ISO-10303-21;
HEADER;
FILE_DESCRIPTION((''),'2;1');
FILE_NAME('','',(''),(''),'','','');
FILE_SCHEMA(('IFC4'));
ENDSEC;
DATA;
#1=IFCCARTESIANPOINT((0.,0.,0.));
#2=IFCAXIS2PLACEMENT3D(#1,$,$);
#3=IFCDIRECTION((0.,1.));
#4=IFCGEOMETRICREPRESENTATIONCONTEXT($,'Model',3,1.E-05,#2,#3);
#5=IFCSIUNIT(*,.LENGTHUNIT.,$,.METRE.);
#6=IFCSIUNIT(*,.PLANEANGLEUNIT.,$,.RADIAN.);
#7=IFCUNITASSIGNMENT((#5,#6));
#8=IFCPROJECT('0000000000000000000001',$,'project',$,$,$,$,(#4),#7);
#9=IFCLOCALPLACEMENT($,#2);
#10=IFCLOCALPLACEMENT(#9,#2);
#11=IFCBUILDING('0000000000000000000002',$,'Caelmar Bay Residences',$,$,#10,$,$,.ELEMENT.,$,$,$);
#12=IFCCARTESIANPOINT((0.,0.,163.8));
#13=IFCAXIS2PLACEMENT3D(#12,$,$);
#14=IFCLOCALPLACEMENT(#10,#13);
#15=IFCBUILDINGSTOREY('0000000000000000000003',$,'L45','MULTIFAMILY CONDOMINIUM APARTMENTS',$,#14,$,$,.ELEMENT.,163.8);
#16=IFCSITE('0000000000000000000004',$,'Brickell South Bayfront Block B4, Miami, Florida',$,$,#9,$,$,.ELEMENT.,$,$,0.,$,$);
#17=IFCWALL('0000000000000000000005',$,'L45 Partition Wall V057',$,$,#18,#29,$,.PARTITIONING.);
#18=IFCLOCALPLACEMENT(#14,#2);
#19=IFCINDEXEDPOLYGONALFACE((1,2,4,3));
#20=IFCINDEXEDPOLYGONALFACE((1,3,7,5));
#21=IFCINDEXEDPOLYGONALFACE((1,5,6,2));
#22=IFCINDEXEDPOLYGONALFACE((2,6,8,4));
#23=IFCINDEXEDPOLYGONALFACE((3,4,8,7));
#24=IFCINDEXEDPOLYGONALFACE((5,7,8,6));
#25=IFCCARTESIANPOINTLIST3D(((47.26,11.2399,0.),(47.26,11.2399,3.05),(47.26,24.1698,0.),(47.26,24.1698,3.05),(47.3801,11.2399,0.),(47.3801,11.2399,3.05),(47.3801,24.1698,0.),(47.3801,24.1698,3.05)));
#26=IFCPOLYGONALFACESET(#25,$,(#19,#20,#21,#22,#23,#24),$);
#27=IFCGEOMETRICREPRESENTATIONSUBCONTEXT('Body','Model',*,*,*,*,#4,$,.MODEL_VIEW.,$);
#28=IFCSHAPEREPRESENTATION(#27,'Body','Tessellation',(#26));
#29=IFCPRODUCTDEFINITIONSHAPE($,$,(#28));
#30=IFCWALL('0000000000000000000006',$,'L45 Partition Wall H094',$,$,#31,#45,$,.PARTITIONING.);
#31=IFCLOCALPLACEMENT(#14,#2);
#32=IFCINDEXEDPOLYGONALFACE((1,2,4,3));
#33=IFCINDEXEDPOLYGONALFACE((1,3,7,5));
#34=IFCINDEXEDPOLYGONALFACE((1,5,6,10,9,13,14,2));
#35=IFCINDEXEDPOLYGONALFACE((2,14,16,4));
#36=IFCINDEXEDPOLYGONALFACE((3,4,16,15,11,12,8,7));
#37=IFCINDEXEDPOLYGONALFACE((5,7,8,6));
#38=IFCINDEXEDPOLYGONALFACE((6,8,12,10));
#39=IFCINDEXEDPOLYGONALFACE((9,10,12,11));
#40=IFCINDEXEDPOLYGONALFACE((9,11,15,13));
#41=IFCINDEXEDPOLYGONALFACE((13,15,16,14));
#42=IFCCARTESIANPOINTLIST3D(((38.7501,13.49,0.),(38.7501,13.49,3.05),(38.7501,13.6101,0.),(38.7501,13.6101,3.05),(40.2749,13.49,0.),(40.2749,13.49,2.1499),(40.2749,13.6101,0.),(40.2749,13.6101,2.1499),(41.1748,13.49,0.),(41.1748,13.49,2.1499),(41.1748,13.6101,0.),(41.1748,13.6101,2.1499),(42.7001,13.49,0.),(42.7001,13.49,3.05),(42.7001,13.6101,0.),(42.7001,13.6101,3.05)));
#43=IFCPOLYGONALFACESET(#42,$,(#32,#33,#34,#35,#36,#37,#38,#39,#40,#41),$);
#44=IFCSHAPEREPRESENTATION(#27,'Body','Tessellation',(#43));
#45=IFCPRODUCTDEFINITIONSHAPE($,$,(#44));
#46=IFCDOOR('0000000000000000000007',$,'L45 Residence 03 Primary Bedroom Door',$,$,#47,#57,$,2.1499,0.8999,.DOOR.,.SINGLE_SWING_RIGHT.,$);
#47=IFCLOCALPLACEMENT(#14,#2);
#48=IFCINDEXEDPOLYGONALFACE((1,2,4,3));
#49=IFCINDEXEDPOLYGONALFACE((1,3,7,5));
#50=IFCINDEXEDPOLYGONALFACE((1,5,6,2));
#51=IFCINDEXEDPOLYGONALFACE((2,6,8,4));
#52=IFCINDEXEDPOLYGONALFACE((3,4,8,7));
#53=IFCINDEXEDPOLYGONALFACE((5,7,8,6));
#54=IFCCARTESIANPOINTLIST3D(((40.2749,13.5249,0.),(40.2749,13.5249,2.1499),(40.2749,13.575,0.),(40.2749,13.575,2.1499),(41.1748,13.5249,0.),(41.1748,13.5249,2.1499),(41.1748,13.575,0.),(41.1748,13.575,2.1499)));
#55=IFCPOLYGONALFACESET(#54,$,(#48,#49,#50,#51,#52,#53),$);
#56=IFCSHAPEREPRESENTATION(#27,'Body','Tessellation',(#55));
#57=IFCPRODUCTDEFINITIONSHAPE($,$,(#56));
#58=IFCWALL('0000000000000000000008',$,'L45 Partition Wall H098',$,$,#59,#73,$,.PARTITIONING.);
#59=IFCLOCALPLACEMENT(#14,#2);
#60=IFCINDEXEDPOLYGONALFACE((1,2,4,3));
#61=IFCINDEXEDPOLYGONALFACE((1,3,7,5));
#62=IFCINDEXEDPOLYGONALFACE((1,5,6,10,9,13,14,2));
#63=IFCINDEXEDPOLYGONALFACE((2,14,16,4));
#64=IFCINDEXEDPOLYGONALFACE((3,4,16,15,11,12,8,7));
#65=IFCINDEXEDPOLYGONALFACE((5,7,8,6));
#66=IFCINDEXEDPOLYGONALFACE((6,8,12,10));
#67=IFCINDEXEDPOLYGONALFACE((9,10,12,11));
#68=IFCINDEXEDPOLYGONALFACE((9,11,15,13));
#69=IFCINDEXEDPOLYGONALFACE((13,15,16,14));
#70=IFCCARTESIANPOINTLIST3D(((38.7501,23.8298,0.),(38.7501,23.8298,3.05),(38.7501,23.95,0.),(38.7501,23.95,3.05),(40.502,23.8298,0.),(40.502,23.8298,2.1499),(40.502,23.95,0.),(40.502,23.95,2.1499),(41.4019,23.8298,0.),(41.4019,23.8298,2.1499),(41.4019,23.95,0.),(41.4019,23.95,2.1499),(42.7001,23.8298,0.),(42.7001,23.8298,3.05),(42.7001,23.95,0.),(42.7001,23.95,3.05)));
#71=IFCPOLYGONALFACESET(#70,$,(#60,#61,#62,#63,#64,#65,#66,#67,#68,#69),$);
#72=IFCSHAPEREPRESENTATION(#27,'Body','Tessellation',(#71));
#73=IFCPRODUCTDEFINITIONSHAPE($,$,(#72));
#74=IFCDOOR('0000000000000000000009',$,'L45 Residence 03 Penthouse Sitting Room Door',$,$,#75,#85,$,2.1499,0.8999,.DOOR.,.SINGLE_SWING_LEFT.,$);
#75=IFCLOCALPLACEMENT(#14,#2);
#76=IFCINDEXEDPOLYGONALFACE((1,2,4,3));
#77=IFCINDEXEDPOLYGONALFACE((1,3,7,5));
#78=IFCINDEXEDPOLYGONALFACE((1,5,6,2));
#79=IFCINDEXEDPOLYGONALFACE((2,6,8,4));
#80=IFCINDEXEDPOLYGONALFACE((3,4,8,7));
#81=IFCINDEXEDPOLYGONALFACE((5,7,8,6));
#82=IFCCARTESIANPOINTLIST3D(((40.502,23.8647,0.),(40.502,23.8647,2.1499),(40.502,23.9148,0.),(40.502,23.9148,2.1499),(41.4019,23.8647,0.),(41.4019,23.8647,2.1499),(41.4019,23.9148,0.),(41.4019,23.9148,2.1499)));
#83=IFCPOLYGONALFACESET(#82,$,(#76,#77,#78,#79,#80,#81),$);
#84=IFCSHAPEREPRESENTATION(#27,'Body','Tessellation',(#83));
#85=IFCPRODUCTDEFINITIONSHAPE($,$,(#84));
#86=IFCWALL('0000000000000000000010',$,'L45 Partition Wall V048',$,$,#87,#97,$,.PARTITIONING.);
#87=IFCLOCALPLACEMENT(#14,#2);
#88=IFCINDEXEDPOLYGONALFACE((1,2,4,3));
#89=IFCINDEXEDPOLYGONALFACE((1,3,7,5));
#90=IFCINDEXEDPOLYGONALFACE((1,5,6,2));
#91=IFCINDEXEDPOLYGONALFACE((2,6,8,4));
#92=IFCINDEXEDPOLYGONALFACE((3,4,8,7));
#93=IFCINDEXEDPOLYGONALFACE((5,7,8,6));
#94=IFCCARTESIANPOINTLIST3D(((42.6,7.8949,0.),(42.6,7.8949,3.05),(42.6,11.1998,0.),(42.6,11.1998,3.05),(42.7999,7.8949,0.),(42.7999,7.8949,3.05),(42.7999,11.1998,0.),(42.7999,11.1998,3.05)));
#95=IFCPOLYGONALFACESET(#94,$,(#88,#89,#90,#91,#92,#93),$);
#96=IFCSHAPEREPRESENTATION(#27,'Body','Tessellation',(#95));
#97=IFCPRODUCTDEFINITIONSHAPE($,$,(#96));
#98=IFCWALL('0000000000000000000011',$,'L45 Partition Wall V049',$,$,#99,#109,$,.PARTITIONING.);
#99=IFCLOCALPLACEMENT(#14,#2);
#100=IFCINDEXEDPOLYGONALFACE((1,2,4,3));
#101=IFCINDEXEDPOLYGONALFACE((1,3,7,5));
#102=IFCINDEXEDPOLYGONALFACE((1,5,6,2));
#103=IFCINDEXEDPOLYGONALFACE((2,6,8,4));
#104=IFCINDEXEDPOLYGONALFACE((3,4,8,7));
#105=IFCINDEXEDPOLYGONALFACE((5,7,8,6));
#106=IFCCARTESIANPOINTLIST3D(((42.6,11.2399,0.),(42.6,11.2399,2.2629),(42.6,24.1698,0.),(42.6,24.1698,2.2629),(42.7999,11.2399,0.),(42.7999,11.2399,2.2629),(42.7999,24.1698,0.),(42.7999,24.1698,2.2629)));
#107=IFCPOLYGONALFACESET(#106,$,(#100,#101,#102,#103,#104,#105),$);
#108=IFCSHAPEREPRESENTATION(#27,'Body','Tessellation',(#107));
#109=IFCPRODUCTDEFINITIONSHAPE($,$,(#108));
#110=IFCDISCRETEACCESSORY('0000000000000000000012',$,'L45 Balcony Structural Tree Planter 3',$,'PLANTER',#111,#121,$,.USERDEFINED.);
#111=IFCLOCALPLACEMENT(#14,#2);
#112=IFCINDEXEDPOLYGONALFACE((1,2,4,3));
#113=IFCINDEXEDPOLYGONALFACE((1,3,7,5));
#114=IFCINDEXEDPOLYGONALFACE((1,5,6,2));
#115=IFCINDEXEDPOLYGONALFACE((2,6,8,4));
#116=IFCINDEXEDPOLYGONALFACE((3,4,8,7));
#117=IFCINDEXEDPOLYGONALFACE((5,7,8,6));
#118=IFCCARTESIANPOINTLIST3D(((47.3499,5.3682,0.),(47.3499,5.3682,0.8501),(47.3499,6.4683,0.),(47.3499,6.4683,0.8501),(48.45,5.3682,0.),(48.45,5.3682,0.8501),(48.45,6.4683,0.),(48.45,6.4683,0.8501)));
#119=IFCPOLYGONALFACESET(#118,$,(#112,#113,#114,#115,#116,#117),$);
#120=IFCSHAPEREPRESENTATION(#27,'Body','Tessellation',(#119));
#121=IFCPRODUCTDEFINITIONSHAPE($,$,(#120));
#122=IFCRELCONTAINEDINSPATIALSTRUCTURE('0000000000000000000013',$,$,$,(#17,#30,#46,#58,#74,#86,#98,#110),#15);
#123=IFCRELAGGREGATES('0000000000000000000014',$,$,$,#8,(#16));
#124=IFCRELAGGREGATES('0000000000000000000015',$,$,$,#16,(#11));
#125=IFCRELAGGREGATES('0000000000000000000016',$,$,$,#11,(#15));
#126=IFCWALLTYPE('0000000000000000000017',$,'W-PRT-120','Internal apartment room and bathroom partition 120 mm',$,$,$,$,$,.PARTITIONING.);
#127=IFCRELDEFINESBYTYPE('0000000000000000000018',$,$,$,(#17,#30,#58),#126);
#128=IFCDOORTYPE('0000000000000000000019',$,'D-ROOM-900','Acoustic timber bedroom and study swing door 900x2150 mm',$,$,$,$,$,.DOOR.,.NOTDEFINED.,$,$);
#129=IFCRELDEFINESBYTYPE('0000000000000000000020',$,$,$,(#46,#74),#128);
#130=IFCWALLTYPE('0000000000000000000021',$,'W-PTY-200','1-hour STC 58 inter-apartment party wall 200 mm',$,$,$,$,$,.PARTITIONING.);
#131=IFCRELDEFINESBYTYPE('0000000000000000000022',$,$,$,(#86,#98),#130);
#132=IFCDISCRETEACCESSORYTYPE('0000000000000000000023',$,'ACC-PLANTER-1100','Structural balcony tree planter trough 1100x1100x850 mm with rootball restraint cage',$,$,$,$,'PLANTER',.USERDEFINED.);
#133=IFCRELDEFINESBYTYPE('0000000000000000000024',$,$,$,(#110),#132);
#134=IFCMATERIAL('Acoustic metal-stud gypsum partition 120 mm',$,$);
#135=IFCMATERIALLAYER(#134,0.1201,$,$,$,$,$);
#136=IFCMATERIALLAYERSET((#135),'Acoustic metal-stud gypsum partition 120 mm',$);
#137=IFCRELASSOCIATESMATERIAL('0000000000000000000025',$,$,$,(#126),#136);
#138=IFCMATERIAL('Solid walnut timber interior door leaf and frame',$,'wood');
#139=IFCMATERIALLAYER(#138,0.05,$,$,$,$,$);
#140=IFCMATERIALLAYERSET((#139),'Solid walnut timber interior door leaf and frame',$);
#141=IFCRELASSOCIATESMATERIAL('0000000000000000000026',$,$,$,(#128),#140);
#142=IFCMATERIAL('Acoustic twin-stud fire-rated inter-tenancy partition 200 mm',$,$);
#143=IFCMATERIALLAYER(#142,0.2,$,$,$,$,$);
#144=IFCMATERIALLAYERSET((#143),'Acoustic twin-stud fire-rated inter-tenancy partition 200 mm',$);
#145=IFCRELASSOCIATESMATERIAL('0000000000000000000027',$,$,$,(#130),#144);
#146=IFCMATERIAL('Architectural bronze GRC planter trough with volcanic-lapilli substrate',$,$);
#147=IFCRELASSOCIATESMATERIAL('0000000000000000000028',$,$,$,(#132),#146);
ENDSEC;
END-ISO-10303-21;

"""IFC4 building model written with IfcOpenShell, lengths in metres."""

from ifc_helpers import new_model, si_unit, direction, frame, frame_2d, origin, origin_2d, place, context, subcontext, project, spatial, rectangle, extrude, material, layer, layer_set, type_object, element, fill, save


model = new_model("IFC4")

# Units and contexts
model_context = context("Model", 3, precision=1e-05, world=origin(), true_north=direction((0.0, 1.0)))
body_context = subcontext(model_context, "Body", "Model", "MODEL_VIEW")
ifc_project = project(units=[si_unit("LENGTHUNIT", "METRE"), si_unit("PLANEANGLEUNIT", "RADIAN")], contexts=[model_context])

# Site, building, storey
site_placement = place(None, origin())
site = spatial("IfcSite", under=ifc_project, at=site_placement, Name="Brickell South Bayfront Block B4, Miami, Florida", CompositionType="ELEMENT", RefElevation=0.0)
building_placement = place(site_placement, origin())
building = spatial("IfcBuilding", under=site, at=building_placement, Name="Caelmar Bay Residences", CompositionType="ELEMENT")
storey_placement = place(building_placement, frame((0.0, 0.0, 163.8)))
storey = spatial("IfcBuildingStorey", under=building, at=storey_placement, Name="L45", Description="MULTIFAMILY CONDOMINIUM APARTMENTS", CompositionType="ELEMENT", Elevation=163.8)

# Wall
ifc_material_1 = material(Name="Acoustic metal-stud gypsum partition 120 mm")
ifc_layer_1 = layer(ifc_material_1, 0.1201)
ifc_layer_set_1 = layer_set([ifc_layer_1], Name="Acoustic metal-stud gypsum partition 120 mm")
wall_type_1 = type_object("IfcWallType", Name="W-PRT-120", Description="Internal apartment room and bathroom partition 120 mm", PredefinedType="PARTITIONING", material=ifc_layer_set_1)
wall_1_placement = place(storey_placement, frame((47.3201, 11.24, 0.0), z_axis=(0.0, 0.0, 1.0), x_axis=(0.0, 1.0, 0.0)))
element("IfcWall", 1, at=wall_1_placement, inside=storey, type_object=wall_type_1, Name="L45 Partition Wall V057", PredefinedType="PARTITIONING", context=body_context, shape_type="SweptSolid", body=[
    extrude(rectangle(XDim=12.9299, YDim=0.1201, at=frame_2d((6.4648, 0.0))), origin(), (0.0, 0.0, 1.0), 3.05),
])

# Walls, openings, doors
wall_2_placement = place(storey_placement, frame((38.75, 13.55, 0.0), z_axis=(0.0, 0.0, 1.0), x_axis=(1.0, 0.0, 0.0)))
wall_2 = element("IfcWall", 2, at=wall_2_placement, inside=storey, type_object=wall_type_1, Name="L45 Partition Wall H094", PredefinedType="PARTITIONING", context=body_context, shape_type="SweptSolid", body=[
    extrude(rectangle(XDim=3.95, YDim=0.1201, at=frame_2d((1.9751, 0.0))), origin(), (0.0, 0.0, 1.0), 3.05),
])
opening_1_placement = place(wall_2_placement, frame((1.5249, 0.0, 0.0)))
opening_1 = element("IfcOpeningElement", 3, at=opening_1_placement, cuts=wall_2, PredefinedType="OPENING", context=body_context, shape_type="SweptSolid", body=[
    extrude(rectangle(XDim=0.8999, YDim=2.1499, at=frame_2d((0.45, 1.075))), frame((0.0, 0.0701, 0.0), z_axis=(0.0, -1.0, 0.0), x_axis=(1.0, 0.0, 0.0)), (0.0, 0.0, 1.0), 0.1401),
])
ifc_material_2 = material(Name="Solid walnut timber interior door leaf and frame", Category="wood")
ifc_layer_2 = layer(ifc_material_2, 0.05)
ifc_layer_set_2 = layer_set([ifc_layer_2], Name="Solid walnut timber interior door leaf and frame")
door_type = type_object("IfcDoorType", Name="D-ROOM-900", Description="Acoustic timber bedroom and study swing door 900x2150 mm", OperationType="NOTDEFINED", PredefinedType="DOOR", material=ifc_layer_set_2)
door_1_placement = place(opening_1_placement, origin())
door_1 = element("IfcDoor", 4, at=door_1_placement, inside=storey, type_object=door_type, Name="L45 Residence 03 Primary Bedroom Door", OperationType="SINGLE_SWING_RIGHT", OverallHeight=2.1499, OverallWidth=0.8999, PredefinedType="DOOR", context=body_context, shape_type="SweptSolid", body=[
    extrude(rectangle(XDim=0.8999, YDim=2.1499, at=frame_2d((0.45, 1.075))), frame((0.0, 0.0249, 0.0), z_axis=(0.0, -1.0, 0.0), x_axis=(1.0, 0.0, 0.0)), (0.0, 0.0, 1.0), 0.05),
])
fill(opening_1, door_1)
wall_3_placement = place(storey_placement, frame((38.75, 23.8899, 0.0), z_axis=(0.0, 0.0, 1.0), x_axis=(1.0, 0.0, 0.0)))
wall_3 = element("IfcWall", 5, at=wall_3_placement, inside=storey, type_object=wall_type_1, Name="L45 Partition Wall H098", PredefinedType="PARTITIONING", context=body_context, shape_type="SweptSolid", body=[
    extrude(rectangle(XDim=3.95, YDim=0.1201, at=frame_2d((1.9751, 0.0))), origin(), (0.0, 0.0, 1.0), 3.05),
])
opening_2_placement = place(wall_3_placement, frame((1.752, 0.0, 0.0)))
opening_2 = element("IfcOpeningElement", 6, at=opening_2_placement, cuts=wall_3, PredefinedType="OPENING", context=body_context, shape_type="SweptSolid", body=[
    extrude(rectangle(XDim=0.8999, YDim=2.1499, at=frame_2d((0.45, 1.075))), frame((0.0, 0.0701, 0.0), z_axis=(0.0, -1.0, 0.0), x_axis=(1.0, 0.0, 0.0)), (0.0, 0.0, 1.0), 0.1401),
])
door_2_placement = place(opening_2_placement, origin())
door_2 = element("IfcDoor", 7, at=door_2_placement, inside=storey, type_object=door_type, Name="L45 Residence 03 Penthouse Sitting Room Door", OperationType="SINGLE_SWING_LEFT", OverallHeight=2.1499, OverallWidth=0.8999, PredefinedType="DOOR", context=body_context, shape_type="SweptSolid", body=[
    extrude(rectangle(XDim=0.8999, YDim=2.1499, at=frame_2d((0.45, 1.075))), frame((0.0, 0.0249, 0.0), z_axis=(0.0, -1.0, 0.0), x_axis=(1.0, 0.0, 0.0)), (0.0, 0.0, 1.0), 0.05),
])
fill(opening_2, door_2)

# Walls
ifc_material_3 = material(Name="Acoustic twin-stud fire-rated inter-tenancy partition 200 mm")
ifc_layer_3 = layer(ifc_material_3, 0.2)
ifc_layer_set_3 = layer_set([ifc_layer_3], Name="Acoustic twin-stud fire-rated inter-tenancy partition 200 mm")
wall_type_2 = type_object("IfcWallType", Name="W-PTY-200", Description="1-hour STC 58 inter-apartment party wall 200 mm", PredefinedType="PARTITIONING", material=ifc_layer_set_3)
wall_4_placement = place(storey_placement, frame((42.7, 7.895, 0.0), z_axis=(0.0, 0.0, 1.0), x_axis=(0.0, 1.0, 0.0)))
element("IfcWall", 8, at=wall_4_placement, inside=storey, type_object=wall_type_2, Name="L45 Partition Wall V048", PredefinedType="PARTITIONING", context=body_context, shape_type="SweptSolid", body=[
    extrude(rectangle(XDim=3.3049, YDim=0.2, at=frame_2d((1.6523, 0.0))), origin(), (0.0, 0.0, 1.0), 3.05),
])
wall_5_placement = place(storey_placement, frame((42.7, 11.24, 0.0), z_axis=(0.0, 0.0, 1.0), x_axis=(0.0, 1.0, 0.0)))
element("IfcWall", 9, at=wall_5_placement, inside=storey, type_object=wall_type_2, Name="L45 Partition Wall V049", PredefinedType="PARTITIONING", context=body_context, shape_type="SweptSolid", body=[
    extrude(rectangle(XDim=12.9299, YDim=0.2, at=frame_2d((6.4648, 0.0))), origin(), (0.0, 0.0, 1.0), 2.2629),
])

# Discrete accessory
ifc_material_4 = material(Name="Architectural bronze GRC planter trough with volcanic-lapilli substrate")
discrete_accessory_type = type_object("IfcDiscreteAccessoryType", Name="ACC-PLANTER-1100", Description="Structural balcony tree planter trough 1100x1100x850 mm with rootball restraint cage", ElementType="PLANTER", PredefinedType="USERDEFINED", material=ifc_material_4)
discrete_accessory_placement = place(storey_placement, frame((47.8999, 5.9182, 0.0), z_axis=(0.0, 0.0, 1.0), x_axis=(1.0, 0.0, 0.0)))
element("IfcDiscreteAccessory", 10, at=discrete_accessory_placement, inside=storey, type_object=discrete_accessory_type, Name="L45 Balcony Structural Tree Planter 3", ObjectType="PLANTER", PredefinedType="USERDEFINED", context=body_context, shape_type="SweptSolid", body=[
    extrude(rectangle(XDim=1.1001, YDim=1.1001, at=origin_2d()), origin(), (0.0, 0.0, 1.0), 0.8501),
])

save(model, "model.ifc")
